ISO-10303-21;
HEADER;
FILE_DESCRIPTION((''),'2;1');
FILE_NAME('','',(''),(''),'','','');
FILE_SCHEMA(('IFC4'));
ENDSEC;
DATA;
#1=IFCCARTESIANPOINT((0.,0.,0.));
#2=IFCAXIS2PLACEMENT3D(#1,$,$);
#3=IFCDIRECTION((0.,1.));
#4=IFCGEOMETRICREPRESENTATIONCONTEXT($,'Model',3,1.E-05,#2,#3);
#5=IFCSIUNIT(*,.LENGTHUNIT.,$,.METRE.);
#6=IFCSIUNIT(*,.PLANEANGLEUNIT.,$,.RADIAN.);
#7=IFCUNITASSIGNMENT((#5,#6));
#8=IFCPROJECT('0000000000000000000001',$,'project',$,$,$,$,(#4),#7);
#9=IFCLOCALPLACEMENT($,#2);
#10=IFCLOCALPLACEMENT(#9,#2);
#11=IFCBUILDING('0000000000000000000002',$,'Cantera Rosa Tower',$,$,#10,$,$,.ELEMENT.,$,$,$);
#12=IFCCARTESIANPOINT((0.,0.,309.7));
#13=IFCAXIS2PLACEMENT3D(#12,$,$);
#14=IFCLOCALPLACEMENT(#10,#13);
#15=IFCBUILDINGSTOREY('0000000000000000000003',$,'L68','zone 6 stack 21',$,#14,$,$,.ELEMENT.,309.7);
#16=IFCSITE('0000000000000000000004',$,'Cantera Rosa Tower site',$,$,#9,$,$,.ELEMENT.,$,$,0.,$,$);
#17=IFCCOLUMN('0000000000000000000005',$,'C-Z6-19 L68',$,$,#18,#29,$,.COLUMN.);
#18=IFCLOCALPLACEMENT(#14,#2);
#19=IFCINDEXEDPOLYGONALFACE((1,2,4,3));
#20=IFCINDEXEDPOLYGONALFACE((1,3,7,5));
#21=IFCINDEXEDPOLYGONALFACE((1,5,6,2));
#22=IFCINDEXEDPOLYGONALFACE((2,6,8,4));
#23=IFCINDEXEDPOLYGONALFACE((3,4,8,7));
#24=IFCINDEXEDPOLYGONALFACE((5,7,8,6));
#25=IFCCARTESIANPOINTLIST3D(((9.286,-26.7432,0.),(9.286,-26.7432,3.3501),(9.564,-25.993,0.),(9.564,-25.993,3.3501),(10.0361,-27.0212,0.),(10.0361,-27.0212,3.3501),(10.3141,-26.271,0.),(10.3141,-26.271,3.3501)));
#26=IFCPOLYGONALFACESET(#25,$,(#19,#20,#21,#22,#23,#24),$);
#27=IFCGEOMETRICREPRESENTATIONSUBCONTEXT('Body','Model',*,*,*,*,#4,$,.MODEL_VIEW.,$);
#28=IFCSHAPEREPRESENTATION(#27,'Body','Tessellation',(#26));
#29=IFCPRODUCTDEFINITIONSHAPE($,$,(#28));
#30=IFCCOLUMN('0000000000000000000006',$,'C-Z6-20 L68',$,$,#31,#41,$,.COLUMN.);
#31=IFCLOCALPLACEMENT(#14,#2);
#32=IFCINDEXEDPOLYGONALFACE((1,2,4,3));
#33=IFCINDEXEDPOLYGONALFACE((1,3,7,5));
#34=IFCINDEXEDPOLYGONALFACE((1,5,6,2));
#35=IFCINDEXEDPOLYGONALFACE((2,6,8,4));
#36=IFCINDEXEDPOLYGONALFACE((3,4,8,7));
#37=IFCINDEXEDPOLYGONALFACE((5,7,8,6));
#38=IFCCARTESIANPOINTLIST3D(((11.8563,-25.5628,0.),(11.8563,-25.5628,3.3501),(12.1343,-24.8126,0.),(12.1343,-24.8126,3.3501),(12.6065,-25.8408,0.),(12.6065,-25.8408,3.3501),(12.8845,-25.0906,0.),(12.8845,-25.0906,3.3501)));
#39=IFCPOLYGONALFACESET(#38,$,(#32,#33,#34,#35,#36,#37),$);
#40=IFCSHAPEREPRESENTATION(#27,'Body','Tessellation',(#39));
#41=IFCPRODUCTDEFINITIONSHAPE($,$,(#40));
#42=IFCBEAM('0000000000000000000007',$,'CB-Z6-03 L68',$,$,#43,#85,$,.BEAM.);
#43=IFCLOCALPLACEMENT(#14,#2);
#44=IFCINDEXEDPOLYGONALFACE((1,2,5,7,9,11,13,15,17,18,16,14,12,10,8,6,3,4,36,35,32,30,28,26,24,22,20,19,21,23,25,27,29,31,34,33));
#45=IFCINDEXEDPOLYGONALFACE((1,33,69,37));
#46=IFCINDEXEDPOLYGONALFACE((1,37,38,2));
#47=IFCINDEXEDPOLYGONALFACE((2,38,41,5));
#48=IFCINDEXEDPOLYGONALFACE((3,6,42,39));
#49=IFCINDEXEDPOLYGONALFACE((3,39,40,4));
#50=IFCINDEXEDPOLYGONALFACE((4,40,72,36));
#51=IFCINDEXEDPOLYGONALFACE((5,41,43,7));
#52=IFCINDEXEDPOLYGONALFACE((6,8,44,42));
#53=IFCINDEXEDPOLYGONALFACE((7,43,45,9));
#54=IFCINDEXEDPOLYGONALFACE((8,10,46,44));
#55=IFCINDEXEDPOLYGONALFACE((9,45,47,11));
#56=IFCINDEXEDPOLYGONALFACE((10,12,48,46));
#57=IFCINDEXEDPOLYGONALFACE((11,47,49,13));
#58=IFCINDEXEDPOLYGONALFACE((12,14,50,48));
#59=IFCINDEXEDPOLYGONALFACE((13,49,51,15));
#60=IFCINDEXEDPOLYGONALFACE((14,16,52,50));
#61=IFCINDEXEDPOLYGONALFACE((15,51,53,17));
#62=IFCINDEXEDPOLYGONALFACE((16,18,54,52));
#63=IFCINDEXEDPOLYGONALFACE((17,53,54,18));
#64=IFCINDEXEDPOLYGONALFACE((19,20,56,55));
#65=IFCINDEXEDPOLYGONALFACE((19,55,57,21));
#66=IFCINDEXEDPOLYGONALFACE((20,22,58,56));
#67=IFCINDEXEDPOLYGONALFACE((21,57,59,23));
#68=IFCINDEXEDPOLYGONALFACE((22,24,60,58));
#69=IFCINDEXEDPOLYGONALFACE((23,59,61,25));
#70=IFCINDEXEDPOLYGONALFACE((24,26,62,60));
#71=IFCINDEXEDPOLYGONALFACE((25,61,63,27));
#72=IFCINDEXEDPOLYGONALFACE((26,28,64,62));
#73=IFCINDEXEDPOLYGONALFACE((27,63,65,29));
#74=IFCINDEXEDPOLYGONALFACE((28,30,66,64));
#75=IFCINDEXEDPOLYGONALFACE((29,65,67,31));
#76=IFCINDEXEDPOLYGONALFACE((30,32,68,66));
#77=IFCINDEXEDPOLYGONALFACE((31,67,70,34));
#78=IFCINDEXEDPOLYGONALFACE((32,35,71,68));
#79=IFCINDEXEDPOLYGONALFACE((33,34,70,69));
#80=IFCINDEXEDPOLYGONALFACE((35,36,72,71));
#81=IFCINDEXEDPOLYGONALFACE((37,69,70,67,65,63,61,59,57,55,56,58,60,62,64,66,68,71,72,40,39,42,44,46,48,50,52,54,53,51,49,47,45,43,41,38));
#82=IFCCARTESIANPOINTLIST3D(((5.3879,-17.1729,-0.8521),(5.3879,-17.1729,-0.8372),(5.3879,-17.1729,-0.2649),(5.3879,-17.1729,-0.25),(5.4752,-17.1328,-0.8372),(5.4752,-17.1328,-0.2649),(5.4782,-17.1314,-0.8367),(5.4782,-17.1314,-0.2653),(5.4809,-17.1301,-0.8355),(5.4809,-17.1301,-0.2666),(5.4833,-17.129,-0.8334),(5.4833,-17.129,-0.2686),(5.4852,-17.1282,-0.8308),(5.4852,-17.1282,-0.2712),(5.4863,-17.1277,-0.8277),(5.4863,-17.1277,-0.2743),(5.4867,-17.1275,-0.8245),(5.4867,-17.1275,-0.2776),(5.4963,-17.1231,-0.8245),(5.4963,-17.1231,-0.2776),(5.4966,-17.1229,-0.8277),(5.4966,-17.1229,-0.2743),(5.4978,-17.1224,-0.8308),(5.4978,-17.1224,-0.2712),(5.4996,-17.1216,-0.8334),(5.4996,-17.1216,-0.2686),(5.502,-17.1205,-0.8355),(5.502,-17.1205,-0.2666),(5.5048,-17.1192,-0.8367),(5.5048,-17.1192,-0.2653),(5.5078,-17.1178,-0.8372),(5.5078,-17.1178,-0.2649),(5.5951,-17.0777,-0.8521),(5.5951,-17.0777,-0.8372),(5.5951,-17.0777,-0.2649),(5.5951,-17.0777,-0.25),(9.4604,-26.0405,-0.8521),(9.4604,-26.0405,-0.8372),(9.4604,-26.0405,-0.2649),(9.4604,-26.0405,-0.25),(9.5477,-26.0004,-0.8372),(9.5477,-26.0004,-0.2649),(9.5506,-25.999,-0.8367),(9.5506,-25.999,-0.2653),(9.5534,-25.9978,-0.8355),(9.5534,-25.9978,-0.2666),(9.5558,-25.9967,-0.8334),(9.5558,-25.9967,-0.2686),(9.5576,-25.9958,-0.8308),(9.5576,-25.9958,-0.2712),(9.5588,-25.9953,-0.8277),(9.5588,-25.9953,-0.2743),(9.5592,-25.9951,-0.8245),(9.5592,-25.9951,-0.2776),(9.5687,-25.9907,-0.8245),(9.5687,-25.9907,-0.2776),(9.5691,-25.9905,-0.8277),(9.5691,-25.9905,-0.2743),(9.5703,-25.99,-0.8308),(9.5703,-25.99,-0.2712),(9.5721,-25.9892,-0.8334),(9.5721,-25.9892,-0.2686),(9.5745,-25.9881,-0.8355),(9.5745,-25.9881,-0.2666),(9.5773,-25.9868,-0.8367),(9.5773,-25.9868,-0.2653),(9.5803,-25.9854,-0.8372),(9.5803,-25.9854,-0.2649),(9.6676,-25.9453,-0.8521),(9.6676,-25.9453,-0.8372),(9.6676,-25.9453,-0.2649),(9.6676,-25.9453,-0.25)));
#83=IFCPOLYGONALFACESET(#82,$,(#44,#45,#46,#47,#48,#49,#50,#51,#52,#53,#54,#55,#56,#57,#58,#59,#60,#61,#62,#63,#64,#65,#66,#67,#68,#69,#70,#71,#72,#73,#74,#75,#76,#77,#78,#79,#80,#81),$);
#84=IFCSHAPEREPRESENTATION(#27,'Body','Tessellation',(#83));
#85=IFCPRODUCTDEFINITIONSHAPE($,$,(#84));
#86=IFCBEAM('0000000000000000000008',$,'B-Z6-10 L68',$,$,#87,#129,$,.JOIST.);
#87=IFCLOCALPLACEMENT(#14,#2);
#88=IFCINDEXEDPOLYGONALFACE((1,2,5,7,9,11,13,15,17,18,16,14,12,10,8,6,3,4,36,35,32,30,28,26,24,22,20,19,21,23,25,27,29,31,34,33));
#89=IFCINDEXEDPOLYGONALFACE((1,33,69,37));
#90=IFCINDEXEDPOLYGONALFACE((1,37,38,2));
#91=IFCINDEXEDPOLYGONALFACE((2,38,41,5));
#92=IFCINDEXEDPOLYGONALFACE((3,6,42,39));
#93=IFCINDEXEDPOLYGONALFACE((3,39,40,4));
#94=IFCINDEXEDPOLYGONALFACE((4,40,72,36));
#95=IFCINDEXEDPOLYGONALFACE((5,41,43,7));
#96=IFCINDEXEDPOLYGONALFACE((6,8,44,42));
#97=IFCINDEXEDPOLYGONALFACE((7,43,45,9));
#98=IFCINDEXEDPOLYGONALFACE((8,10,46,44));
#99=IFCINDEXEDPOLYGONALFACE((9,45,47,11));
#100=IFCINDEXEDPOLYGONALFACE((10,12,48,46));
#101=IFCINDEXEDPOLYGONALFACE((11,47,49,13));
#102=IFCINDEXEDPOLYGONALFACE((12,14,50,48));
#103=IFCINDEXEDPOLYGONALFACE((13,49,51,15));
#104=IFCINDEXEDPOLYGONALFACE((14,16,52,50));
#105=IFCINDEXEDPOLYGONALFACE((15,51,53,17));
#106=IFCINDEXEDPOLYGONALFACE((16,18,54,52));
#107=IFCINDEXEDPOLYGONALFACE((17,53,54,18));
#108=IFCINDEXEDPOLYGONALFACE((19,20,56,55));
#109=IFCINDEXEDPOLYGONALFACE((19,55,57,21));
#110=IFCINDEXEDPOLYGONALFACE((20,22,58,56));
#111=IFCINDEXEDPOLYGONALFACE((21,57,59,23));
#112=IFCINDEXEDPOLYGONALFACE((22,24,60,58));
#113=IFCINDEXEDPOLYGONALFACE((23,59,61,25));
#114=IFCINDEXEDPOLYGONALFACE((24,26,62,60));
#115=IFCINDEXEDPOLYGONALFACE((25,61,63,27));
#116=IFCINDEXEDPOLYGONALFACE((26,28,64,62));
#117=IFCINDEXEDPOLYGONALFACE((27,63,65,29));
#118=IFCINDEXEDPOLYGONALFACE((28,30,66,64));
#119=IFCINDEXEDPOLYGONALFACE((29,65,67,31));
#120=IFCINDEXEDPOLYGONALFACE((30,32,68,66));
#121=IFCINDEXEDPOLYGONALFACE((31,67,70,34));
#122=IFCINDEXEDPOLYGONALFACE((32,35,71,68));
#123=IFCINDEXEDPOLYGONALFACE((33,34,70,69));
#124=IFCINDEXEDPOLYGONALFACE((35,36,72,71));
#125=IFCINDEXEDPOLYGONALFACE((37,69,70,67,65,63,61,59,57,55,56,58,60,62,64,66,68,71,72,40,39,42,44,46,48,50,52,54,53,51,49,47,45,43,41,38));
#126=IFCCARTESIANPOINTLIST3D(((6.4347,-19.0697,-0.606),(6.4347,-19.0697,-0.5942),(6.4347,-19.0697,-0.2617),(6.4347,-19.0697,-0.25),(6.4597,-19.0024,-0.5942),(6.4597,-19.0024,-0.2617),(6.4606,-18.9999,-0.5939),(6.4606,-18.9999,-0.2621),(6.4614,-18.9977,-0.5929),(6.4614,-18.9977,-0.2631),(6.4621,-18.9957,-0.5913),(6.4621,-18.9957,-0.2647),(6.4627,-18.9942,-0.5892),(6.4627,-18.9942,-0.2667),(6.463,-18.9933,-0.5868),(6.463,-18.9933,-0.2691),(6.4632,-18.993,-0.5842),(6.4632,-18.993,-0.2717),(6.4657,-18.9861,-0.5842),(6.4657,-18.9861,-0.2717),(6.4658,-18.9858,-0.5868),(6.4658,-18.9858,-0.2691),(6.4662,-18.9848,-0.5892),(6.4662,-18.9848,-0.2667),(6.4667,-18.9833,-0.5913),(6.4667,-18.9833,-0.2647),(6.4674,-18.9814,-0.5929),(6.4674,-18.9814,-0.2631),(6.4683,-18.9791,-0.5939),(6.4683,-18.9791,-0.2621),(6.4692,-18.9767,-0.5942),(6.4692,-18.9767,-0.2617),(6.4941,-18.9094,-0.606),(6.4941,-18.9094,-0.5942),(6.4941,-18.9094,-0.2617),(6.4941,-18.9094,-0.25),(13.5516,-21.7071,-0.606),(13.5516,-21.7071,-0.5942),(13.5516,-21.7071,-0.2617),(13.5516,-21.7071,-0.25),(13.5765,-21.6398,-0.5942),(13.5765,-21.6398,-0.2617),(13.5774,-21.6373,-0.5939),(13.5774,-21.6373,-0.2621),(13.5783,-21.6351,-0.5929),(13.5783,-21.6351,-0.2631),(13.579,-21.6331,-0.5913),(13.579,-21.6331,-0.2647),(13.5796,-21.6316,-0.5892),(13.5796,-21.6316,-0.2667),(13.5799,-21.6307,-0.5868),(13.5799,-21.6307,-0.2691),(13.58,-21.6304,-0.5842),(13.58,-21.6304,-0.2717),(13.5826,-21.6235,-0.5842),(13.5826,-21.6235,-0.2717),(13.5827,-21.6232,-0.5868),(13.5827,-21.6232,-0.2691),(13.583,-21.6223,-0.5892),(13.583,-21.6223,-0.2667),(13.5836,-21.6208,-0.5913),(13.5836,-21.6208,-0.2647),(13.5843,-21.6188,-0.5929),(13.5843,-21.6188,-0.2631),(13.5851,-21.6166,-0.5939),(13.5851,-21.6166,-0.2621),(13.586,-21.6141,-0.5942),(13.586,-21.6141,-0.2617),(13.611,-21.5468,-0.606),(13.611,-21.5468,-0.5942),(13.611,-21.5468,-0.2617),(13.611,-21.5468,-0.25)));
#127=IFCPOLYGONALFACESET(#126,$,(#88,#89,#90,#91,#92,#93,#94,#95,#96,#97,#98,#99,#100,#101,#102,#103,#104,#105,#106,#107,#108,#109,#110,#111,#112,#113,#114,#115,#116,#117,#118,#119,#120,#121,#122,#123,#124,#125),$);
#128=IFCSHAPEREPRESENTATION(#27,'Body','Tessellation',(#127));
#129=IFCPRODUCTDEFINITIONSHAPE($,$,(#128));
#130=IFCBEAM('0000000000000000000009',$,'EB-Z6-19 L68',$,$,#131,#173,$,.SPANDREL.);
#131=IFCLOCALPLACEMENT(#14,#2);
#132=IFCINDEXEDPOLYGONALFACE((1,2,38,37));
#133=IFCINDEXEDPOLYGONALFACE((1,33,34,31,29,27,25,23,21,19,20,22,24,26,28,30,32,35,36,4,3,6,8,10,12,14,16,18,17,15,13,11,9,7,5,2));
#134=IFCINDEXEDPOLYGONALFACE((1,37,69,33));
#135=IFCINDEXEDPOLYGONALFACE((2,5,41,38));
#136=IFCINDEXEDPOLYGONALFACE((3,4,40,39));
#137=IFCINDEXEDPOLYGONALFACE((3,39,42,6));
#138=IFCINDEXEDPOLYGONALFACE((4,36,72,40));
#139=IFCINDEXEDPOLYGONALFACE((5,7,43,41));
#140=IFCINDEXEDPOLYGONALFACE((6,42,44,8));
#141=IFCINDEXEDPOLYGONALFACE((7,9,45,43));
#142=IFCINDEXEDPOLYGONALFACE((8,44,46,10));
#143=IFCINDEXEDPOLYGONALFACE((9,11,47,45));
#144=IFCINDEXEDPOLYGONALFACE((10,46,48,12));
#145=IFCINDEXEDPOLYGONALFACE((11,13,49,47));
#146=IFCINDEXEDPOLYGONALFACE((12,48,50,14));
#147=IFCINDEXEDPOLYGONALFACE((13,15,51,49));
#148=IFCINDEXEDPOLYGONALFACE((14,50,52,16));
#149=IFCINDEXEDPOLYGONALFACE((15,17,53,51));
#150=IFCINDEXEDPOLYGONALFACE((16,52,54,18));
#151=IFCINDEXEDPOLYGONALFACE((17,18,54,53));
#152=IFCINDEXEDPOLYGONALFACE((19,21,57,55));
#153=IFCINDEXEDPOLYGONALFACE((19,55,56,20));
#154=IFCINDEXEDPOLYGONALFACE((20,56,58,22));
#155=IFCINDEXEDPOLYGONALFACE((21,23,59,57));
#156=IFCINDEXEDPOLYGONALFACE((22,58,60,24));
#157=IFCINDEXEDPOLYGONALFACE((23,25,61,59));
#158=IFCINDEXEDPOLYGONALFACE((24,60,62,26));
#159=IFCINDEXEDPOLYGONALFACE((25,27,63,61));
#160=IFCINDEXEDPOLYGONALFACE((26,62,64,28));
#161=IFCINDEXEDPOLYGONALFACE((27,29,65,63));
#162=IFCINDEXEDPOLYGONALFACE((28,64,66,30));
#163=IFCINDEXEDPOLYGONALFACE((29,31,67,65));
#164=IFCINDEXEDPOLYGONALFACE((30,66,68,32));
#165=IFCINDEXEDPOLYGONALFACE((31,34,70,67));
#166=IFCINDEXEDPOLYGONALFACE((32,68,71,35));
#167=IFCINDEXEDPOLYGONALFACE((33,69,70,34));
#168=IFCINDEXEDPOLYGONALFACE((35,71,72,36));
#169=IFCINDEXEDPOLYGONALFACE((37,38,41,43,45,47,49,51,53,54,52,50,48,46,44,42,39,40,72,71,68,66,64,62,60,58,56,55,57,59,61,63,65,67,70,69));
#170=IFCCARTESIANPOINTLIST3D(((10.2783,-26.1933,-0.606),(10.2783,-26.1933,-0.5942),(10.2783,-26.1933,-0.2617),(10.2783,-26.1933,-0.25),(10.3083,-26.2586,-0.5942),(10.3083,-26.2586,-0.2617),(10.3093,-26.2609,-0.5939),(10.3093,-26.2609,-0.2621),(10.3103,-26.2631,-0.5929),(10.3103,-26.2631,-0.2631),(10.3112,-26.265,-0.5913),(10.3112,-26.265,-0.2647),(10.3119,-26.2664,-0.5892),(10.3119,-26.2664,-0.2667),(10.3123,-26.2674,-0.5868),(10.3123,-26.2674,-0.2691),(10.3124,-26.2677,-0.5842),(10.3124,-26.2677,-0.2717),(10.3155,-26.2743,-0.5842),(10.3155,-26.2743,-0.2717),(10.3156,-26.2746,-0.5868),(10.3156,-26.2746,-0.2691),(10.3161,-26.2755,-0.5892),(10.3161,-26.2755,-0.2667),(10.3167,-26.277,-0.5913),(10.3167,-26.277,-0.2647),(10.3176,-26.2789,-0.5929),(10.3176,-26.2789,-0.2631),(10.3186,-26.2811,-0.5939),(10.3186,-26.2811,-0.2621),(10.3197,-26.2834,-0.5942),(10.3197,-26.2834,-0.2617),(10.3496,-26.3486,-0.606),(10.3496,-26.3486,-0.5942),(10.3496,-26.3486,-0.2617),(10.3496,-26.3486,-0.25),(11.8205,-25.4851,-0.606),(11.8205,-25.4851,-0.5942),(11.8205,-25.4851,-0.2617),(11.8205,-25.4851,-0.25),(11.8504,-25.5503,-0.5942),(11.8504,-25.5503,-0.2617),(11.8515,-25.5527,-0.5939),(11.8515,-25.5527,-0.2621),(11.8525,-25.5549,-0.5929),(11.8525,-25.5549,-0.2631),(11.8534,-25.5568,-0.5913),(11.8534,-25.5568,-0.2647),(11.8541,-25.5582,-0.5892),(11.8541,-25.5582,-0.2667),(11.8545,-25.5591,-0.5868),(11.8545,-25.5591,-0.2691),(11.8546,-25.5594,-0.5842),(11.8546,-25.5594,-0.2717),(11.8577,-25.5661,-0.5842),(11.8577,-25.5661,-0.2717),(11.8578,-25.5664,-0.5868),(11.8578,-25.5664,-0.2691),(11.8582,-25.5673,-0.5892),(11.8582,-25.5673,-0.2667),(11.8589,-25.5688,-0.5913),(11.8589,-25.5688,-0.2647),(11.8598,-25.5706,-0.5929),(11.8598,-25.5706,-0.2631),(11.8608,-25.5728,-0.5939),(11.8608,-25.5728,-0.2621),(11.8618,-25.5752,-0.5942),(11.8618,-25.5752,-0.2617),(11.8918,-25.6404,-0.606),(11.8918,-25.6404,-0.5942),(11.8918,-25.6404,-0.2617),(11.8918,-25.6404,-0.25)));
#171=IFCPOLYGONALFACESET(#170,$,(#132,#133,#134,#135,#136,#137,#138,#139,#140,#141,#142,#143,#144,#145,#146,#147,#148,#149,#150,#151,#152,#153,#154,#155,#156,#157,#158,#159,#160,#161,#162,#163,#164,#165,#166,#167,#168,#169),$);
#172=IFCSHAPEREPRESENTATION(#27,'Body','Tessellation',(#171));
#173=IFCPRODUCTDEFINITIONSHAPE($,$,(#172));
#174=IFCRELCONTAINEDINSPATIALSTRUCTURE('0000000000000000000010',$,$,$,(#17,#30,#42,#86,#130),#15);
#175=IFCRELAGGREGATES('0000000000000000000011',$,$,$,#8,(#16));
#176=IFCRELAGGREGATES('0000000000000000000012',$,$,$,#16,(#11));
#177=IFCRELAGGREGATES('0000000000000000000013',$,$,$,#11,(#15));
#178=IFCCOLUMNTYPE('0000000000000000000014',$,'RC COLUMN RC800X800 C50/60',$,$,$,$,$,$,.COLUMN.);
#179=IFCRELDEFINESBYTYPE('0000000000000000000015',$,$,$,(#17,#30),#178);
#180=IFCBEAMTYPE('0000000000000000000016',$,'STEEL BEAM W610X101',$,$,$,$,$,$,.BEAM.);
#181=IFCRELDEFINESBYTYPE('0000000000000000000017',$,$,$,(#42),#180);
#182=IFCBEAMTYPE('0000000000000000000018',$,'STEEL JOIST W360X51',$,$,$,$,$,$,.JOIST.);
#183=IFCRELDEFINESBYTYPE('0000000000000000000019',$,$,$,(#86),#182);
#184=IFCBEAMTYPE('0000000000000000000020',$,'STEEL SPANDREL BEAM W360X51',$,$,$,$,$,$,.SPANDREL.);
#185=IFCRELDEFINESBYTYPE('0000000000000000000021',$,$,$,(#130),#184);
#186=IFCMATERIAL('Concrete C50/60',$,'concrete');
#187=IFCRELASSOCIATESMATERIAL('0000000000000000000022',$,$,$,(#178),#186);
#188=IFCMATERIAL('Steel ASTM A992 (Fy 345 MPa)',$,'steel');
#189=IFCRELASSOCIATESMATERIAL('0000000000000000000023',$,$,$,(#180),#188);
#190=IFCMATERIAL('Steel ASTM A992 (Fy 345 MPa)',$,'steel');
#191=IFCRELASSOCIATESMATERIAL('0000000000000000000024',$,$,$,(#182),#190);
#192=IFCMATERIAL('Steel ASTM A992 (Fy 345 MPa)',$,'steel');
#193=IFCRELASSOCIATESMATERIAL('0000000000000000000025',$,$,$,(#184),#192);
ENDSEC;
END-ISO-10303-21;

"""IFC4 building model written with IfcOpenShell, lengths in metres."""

from ifc_helpers import new_model, si_unit, direction, frame, origin, origin_2d, place, context, subcontext, project, spatial, rectangle, i_section, extrude, material, material_profile, profile_set, type_object, element, save


model = new_model("IFC4")

# Units and contexts
model_context = context("Model", 3, precision=1e-05, world=origin(), true_north=direction((0.0, 1.0)))
body_context = subcontext(model_context, "Body", "Model", "MODEL_VIEW")
ifc_project = project(units=[si_unit("LENGTHUNIT", "METRE"), si_unit("PLANEANGLEUNIT", "RADIAN")], contexts=[model_context])

# Site, building, storey
site_placement = place(None, origin())
site = spatial("IfcSite", under=ifc_project, at=site_placement, Name="Cantera Rosa Tower site", CompositionType="ELEMENT", RefElevation=0.0)
building_placement = place(site_placement, origin())
building = spatial("IfcBuilding", under=site, at=building_placement, Name="Cantera Rosa Tower", CompositionType="ELEMENT")
storey_placement = place(building_placement, frame((0.0, 0.0, 309.7)))
storey = spatial("IfcBuildingStorey", under=building, at=storey_placement, Name="L68", Description="zone 6 stack 21", CompositionType="ELEMENT", Elevation=309.7)

# Columns
ifc_material_1 = material(Name="Concrete C50/60", Category="concrete")
ifc_material_profile_1 = material_profile(ifc_material_1, rectangle(XDim=0.8, YDim=0.8, at=origin_2d()), Name="RC COLUMN RC800X800 C50/60")
ifc_profile_set_1 = profile_set([ifc_material_profile_1], Name="Concrete C50/60")
column_type = type_object("IfcColumnType", Name="RC COLUMN RC800X800 C50/60", PredefinedType="COLUMN", material=ifc_profile_set_1)
for number, where, z_axis, x_axis, name in (
    (1, (9.8, -26.5071, 0.0), (0.0, 0.0, 1.0), (0.347481, 0.937687, 0.0), "C-Z6-19 L68"),
    (2, (12.3704, -25.3267, 0.0), (0.0, 0.0, 1.0), (0.347481, 0.937687, 0.0), "C-Z6-20 L68"),
):
    element("IfcColumn", number, at=place(storey_placement, frame(where, z_axis=z_axis, x_axis=x_axis)), inside=storey, type_object=column_type, Name=name, PredefinedType="COLUMN", context=body_context, shape_type="SweptSolid", body=[
        extrude(rectangle(XDim=0.8, YDim=0.8, at=origin_2d()), origin(), (0.0, 0.0, 1.0), 3.3501),
    ])

# Beams
ifc_material_2 = material(Name="Steel ASTM A992 (Fy 345 MPa)", Category="steel")
ifc_material_profile_2 = material_profile(ifc_material_2, i_section(OverallWidth=0.228, OverallDepth=0.6021, WebThickness=0.0105, FlangeThickness=0.0149, FilletRadius=0.0127, at=origin_2d()), Name="W610X101")
ifc_profile_set_2 = profile_set([ifc_material_profile_2], Name="Steel ASTM A992 (Fy 345 MPa)")
beam_type_1 = type_object("IfcBeamType", Name="STEEL BEAM W610X101", PredefinedType="BEAM", material=ifc_profile_set_2)
beam_1_placement = place(storey_placement, frame((9.564, -25.9929, -0.551), z_axis=(-0.417346, 0.908748, 0.0), x_axis=(-0.908748, -0.417346, 0.0)))
element("IfcBeam", 3, at=beam_1_placement, inside=storey, type_object=beam_type_1, Name="CB-Z6-03 L68", PredefinedType="BEAM", context=body_context, shape_type="SweptSolid", body=[
    extrude(i_section(OverallWidth=0.228, OverallDepth=0.6021, WebThickness=0.0105, FlangeThickness=0.0149, FilletRadius=0.0127, at=origin_2d()), origin(), (0.0, 0.0, 1.0), 9.7581),
])
ifc_material_3 = material(Name="Steel ASTM A992 (Fy 345 MPa)", Category="steel")
ifc_material_profile_3 = material_profile(ifc_material_3, i_section(OverallWidth=0.1709, OverallDepth=0.356, WebThickness=0.0073, FlangeThickness=0.0117, FilletRadius=0.01, at=origin_2d()), Name="W360X51")
ifc_profile_set_3 = profile_set([ifc_material_profile_3], Name="Steel ASTM A992 (Fy 345 MPa)")
beam_type_2 = type_object("IfcBeamType", Name="STEEL JOIST W360X51", PredefinedType="JOIST", material=ifc_profile_set_3)
beam_2_placement = place(storey_placement, frame((13.5813, -21.627, -0.428), z_axis=(-0.937682, 0.347493, 0.0), x_axis=(-0.347493, -0.937682, 0.0)))
element("IfcBeam", 4, at=beam_2_placement, inside=storey, type_object=beam_type_2, Name="B-Z6-10 L68", PredefinedType="JOIST", context=body_context, shape_type="SweptSolid", body=[
    extrude(i_section(OverallWidth=0.1709, OverallDepth=0.356, WebThickness=0.0073, FlangeThickness=0.0117, FilletRadius=0.01, at=origin_2d()), origin(), (0.0, 0.0, 1.0), 7.5898),
])
ifc_material_4 = material(Name="Steel ASTM A992 (Fy 345 MPa)", Category="steel")
ifc_material_profile_4 = material_profile(ifc_material_4, i_section(OverallWidth=0.1709, OverallDepth=0.356, WebThickness=0.0073, FlangeThickness=0.0117, FilletRadius=0.01, at=origin_2d()), Name="W360X51")
ifc_profile_set_4 = profile_set([ifc_material_profile_4], Name="Steel ASTM A992 (Fy 345 MPa)")
beam_type_3 = type_object("IfcBeamType", Name="STEEL SPANDREL BEAM W360X51", PredefinedType="SPANDREL", material=ifc_profile_set_4)
beam_3_placement = place(storey_placement, frame((10.314, -26.271, -0.428), z_axis=(0.908754, 0.417333, 0.0), x_axis=(-0.417333, 0.908754, 0.0)))
element("IfcBeam", 5, at=beam_3_placement, inside=storey, type_object=beam_type_3, Name="EB-Z6-19 L68", PredefinedType="SPANDREL", context=body_context, shape_type="SweptSolid", body=[
    extrude(i_section(OverallWidth=0.1709, OverallDepth=0.356, WebThickness=0.0073, FlangeThickness=0.0117, FilletRadius=0.01, at=origin_2d()), origin(), (0.0, 0.0, 1.0), 1.697),
])

save(model, "model.ifc")
